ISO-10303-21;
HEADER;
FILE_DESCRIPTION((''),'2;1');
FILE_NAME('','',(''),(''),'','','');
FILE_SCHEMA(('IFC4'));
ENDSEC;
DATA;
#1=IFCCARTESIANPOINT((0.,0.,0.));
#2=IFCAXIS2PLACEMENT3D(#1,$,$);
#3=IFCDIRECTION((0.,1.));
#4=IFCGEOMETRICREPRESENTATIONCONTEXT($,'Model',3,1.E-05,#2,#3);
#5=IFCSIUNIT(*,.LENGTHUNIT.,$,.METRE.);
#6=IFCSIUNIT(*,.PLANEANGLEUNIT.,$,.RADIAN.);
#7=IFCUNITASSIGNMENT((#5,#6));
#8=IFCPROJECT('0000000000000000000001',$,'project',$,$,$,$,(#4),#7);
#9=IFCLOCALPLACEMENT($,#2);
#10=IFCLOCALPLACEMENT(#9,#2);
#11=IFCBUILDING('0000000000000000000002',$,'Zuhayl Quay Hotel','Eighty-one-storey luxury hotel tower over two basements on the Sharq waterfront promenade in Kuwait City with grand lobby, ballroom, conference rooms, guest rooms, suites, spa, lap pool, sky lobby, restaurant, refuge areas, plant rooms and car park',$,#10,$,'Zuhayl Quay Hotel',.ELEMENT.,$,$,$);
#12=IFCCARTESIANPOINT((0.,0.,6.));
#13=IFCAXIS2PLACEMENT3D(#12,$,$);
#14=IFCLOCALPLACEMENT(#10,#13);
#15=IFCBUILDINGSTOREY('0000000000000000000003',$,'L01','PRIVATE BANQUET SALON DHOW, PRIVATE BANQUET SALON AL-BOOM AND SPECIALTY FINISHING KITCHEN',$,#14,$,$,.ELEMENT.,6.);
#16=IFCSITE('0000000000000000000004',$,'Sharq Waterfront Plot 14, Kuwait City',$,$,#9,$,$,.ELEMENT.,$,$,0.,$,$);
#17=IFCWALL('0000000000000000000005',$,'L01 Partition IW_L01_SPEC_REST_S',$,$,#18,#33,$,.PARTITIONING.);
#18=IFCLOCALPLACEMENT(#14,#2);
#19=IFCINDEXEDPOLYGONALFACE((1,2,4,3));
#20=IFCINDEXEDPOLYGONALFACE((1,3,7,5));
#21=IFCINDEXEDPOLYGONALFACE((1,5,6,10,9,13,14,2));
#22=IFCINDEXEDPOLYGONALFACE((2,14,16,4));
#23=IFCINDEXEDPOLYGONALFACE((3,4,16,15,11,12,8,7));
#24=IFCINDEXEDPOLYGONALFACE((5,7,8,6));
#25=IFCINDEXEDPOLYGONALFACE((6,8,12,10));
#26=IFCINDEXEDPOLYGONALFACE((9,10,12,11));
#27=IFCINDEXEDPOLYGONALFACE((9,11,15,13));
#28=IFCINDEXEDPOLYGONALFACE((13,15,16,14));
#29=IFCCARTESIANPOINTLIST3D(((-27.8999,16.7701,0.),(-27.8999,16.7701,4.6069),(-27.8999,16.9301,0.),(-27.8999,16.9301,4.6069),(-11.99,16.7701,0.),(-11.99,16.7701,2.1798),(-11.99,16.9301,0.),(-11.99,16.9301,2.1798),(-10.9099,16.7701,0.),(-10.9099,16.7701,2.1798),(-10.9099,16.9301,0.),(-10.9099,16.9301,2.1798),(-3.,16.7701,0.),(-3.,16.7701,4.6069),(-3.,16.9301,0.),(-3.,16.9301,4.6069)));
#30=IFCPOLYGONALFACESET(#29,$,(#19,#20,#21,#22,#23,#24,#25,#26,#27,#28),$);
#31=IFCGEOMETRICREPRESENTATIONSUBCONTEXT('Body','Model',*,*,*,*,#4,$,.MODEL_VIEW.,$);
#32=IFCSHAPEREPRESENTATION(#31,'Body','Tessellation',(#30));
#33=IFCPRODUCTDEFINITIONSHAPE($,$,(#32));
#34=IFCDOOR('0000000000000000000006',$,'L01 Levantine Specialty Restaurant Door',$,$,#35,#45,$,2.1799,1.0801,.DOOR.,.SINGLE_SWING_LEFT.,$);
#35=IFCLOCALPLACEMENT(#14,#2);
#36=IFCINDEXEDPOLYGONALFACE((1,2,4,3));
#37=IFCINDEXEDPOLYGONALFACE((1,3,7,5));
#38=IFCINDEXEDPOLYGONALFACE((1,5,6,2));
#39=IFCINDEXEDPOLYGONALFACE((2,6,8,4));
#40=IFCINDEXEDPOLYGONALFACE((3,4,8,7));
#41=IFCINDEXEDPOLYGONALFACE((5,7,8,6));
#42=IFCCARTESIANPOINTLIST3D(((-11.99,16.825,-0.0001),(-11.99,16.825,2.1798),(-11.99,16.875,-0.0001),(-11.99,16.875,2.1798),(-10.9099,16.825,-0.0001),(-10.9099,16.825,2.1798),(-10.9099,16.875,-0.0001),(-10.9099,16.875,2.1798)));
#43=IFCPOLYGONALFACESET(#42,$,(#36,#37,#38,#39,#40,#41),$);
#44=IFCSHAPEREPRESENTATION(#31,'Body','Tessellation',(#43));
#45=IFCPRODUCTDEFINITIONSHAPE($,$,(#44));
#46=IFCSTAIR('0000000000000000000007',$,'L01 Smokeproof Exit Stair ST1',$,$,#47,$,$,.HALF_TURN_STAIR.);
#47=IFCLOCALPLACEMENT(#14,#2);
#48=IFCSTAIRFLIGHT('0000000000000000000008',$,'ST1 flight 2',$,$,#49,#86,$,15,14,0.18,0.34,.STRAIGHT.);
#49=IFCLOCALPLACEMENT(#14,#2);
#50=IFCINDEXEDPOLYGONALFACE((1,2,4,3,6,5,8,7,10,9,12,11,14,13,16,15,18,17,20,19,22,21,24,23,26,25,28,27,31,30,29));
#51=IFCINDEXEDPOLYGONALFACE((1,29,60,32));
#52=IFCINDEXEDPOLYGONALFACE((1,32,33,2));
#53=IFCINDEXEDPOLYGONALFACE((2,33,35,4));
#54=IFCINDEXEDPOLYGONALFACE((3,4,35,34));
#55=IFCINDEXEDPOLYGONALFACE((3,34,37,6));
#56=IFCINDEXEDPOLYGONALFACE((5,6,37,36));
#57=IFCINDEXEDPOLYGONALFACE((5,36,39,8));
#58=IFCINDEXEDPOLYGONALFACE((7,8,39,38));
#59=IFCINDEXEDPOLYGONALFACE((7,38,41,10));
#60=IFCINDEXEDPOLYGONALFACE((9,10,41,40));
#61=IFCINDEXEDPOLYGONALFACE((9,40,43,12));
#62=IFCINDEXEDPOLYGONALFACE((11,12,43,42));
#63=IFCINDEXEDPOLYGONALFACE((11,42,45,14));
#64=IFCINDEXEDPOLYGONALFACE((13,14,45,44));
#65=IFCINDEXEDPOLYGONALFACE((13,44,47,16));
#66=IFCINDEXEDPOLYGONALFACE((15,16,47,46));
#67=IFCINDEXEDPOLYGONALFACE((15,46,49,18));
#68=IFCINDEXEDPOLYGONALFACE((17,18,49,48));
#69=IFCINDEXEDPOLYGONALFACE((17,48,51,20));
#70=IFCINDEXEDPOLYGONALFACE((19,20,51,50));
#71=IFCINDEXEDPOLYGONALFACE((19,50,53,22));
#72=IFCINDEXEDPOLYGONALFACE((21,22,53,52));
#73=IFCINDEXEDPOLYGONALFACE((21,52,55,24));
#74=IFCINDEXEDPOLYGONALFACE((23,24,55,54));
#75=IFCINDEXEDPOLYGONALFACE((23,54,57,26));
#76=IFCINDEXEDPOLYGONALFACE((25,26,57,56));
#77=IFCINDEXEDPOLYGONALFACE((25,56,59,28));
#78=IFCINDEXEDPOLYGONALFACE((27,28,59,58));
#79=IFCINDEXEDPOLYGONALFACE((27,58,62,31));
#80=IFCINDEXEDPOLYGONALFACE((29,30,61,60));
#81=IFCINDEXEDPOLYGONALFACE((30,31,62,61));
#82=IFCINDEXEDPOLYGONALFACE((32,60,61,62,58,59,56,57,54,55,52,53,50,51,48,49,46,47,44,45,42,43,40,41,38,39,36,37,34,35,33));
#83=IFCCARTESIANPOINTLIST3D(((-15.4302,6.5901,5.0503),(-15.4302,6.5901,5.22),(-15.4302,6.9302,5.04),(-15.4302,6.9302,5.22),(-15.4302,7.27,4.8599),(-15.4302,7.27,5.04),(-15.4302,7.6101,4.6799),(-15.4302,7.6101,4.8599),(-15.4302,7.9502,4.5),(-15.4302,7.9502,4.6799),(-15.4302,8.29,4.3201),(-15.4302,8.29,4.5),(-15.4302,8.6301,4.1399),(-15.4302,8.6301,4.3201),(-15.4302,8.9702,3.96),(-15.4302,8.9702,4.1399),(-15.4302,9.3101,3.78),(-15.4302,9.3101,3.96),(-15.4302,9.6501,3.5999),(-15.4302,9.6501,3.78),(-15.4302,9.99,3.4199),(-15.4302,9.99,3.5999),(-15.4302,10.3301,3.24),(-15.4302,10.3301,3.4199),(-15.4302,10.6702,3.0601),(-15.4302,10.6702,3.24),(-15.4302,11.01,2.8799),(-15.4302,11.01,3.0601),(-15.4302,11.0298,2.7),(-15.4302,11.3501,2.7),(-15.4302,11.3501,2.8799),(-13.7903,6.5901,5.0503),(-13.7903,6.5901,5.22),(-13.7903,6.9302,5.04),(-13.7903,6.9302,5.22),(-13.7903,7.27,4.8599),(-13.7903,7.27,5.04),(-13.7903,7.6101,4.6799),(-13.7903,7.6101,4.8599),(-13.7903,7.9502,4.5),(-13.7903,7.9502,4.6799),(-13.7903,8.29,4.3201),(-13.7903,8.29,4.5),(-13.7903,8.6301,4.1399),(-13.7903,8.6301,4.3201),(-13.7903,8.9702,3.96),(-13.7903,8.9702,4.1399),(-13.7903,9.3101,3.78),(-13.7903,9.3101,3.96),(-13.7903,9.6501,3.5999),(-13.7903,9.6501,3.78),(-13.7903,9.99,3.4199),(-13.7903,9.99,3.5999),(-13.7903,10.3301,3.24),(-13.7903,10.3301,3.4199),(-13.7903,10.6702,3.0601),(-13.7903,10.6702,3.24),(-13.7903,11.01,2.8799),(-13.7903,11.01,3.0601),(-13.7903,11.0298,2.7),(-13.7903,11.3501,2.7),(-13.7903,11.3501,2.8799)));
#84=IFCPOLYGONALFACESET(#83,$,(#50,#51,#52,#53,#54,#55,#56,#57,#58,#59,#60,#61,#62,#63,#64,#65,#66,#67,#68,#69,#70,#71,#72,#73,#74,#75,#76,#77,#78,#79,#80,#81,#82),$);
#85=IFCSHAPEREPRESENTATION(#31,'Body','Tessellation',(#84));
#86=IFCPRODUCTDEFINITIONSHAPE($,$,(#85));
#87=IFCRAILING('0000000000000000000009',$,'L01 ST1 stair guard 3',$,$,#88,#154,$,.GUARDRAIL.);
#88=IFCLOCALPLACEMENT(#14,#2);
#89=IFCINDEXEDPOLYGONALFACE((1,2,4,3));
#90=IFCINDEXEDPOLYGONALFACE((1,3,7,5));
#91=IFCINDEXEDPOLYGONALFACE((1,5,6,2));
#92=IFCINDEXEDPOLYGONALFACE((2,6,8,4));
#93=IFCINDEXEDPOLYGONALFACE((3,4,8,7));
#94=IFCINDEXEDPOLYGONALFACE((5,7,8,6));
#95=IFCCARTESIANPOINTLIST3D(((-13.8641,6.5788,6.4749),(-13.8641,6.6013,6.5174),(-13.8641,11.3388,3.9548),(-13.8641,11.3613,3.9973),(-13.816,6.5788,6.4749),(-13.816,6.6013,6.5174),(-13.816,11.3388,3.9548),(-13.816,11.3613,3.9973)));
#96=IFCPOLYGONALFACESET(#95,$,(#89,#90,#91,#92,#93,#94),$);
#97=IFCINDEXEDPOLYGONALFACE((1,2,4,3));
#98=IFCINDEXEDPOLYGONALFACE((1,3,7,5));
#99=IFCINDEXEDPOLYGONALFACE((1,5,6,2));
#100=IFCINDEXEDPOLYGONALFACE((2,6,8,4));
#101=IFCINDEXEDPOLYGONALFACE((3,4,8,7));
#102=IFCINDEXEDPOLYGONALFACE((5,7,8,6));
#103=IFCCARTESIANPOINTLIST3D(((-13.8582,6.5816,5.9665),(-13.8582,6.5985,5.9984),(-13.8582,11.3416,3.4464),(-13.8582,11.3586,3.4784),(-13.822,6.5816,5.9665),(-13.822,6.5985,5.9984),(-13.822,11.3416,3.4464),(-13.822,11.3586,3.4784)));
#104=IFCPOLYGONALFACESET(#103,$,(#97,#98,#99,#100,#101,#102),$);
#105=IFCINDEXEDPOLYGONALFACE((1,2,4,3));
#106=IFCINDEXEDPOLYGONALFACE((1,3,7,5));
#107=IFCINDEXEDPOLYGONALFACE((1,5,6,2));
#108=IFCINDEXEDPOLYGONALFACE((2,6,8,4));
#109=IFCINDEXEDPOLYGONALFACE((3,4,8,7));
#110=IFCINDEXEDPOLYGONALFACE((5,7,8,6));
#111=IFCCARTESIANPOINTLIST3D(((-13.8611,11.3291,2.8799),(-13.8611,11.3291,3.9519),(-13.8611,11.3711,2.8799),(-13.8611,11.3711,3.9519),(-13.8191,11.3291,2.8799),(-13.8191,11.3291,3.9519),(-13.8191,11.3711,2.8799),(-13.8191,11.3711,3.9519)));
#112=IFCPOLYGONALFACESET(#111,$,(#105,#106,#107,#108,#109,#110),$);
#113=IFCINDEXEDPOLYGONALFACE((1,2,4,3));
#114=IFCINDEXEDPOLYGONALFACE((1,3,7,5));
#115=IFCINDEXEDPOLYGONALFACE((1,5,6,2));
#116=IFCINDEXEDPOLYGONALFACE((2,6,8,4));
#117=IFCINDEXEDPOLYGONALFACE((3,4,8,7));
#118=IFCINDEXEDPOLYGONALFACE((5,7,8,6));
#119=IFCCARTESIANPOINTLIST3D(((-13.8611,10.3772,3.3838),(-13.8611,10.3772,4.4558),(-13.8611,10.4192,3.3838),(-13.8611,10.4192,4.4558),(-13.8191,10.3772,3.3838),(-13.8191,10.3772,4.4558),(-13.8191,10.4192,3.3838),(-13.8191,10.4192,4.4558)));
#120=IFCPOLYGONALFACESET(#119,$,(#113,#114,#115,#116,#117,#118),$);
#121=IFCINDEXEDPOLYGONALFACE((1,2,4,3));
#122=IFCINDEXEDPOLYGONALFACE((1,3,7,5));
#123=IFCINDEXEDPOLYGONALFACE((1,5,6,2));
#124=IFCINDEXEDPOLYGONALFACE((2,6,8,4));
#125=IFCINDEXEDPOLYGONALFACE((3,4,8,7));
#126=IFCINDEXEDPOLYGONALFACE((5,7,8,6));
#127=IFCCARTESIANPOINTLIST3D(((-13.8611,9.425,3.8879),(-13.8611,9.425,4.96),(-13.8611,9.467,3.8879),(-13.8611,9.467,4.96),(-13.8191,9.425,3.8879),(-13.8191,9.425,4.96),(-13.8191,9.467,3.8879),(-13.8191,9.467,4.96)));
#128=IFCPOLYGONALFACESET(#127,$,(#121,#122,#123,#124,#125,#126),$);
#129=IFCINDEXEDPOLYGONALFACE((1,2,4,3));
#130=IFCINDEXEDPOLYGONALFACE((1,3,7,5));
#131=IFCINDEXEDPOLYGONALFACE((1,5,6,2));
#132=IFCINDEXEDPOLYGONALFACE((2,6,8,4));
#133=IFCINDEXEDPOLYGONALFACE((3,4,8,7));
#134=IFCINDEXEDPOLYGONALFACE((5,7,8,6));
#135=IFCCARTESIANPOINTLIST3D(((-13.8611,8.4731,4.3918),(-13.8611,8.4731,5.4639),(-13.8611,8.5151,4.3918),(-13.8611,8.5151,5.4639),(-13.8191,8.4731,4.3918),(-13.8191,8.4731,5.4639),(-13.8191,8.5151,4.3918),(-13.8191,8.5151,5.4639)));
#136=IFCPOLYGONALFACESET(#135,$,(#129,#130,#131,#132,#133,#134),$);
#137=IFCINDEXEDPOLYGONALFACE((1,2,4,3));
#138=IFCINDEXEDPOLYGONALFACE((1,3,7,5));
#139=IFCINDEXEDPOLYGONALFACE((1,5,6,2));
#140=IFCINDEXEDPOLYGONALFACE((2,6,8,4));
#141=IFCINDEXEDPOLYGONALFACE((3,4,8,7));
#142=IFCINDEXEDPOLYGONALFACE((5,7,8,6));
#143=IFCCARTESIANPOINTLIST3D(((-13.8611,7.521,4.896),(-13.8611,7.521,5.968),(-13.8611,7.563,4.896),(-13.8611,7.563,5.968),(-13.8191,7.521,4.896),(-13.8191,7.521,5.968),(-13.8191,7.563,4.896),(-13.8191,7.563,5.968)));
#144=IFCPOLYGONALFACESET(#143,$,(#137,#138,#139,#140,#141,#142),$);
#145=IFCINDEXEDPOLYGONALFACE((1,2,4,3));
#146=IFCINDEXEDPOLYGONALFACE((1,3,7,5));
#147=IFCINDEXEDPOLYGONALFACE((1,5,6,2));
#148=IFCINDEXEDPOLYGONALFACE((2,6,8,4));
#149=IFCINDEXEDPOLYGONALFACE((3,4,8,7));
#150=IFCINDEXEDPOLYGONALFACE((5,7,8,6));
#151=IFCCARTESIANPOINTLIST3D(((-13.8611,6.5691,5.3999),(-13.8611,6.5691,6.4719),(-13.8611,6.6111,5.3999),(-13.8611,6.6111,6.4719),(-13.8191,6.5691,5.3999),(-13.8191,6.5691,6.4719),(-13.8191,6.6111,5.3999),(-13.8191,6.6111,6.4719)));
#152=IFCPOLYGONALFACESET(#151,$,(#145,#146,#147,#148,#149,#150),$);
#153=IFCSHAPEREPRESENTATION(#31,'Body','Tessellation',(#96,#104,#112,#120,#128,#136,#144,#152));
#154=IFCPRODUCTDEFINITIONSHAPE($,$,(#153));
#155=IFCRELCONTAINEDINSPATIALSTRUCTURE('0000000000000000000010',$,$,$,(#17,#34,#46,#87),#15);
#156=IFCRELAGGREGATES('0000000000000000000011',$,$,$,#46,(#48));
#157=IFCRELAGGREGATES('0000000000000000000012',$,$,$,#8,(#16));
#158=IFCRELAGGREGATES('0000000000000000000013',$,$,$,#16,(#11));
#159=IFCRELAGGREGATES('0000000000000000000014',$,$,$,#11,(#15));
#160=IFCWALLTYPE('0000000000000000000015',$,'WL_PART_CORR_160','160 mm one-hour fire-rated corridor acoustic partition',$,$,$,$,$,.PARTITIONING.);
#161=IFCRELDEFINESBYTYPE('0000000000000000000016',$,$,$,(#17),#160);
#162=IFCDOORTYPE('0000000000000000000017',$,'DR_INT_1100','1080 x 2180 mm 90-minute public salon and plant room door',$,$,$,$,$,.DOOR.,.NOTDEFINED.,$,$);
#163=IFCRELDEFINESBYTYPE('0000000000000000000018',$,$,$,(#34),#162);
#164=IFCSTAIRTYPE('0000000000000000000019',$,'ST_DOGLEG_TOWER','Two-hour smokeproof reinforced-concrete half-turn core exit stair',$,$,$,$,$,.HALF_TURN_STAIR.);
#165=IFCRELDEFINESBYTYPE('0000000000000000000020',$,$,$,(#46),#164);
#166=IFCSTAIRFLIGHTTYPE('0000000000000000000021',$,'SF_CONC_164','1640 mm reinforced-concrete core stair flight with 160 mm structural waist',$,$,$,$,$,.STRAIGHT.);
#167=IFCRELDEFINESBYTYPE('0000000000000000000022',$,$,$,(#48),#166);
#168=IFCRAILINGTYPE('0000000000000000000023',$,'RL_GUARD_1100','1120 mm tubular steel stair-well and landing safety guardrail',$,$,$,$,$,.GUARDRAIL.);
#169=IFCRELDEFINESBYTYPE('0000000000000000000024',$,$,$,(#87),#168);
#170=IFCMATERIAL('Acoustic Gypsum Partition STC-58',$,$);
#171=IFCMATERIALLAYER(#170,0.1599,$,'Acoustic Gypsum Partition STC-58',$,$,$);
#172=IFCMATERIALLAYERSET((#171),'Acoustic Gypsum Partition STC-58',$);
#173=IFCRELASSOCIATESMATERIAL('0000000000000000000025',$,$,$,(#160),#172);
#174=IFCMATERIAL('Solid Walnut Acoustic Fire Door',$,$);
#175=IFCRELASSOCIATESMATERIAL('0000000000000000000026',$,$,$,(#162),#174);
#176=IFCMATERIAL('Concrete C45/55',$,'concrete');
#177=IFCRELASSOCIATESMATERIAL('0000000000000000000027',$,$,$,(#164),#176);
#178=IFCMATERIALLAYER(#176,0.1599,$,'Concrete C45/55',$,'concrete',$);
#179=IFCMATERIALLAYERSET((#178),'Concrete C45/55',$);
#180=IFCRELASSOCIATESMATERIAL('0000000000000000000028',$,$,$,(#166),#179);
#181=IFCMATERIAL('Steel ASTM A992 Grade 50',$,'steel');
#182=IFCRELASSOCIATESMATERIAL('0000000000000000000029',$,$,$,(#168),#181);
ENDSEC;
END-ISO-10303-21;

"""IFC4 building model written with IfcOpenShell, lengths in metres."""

from ifc_helpers import new_model, si_unit, direction, frame, frame_2d, origin, origin_2d, place, context, subcontext, project, spatial, polyline, rectangle, outline, extrude, material, layer, layer_set, type_object, element, fill, aggregate, save


model = new_model("IFC4")

# Units and contexts
model_context = context("Model", 3, precision=1e-05, world=origin(), true_north=direction((0.0, 1.0)))
body_context = subcontext(model_context, "Body", "Model", "MODEL_VIEW")
ifc_project = project(units=[si_unit("LENGTHUNIT", "METRE"), si_unit("PLANEANGLEUNIT", "RADIAN")], contexts=[model_context])

# Site, building, storey
site_placement = place(None, origin())
site = spatial("IfcSite", under=ifc_project, at=site_placement, Name="Sharq Waterfront Plot 14, Kuwait City", CompositionType="ELEMENT", RefElevation=0.0)
building_placement = place(site_placement, origin())
building = spatial("IfcBuilding", under=site, at=building_placement, Name="Zuhayl Quay Hotel", Description="Eighty-one-storey luxury hotel tower over two basements on the Sharq waterfront promenade in Kuwait City with grand lobby, ballroom, conference rooms, guest rooms, suites, spa, lap pool, sky lobby, restaurant, refuge areas, plant rooms and car park", LongName="Zuhayl Quay Hotel", CompositionType="ELEMENT")
storey_placement = place(building_placement, frame((0.0, 0.0, 6.0)))
storey = spatial("IfcBuildingStorey", under=building, at=storey_placement, Name="L01", Description="PRIVATE BANQUET SALON DHOW, PRIVATE BANQUET SALON AL-BOOM AND SPECIALTY FINISHING KITCHEN", CompositionType="ELEMENT", Elevation=6.0)

# Shared definitions
ifc_material_1 = material(Name="Steel ASTM A992 Grade 50", Category="steel")

# Shared definitions
ifc_material_2 = material(Name="Acoustic Gypsum Partition STC-58")

# Wall, opening, door
ifc_layer_1 = layer(ifc_material_2, 0.1599, Name="Acoustic Gypsum Partition STC-58")
ifc_layer_set_1 = layer_set([ifc_layer_1], Name="Acoustic Gypsum Partition STC-58")
wall_type_1 = type_object("IfcWallType", Name="WL_PART_CORR_160", Description="160 mm one-hour fire-rated corridor acoustic partition", PredefinedType="PARTITIONING", material=ifc_layer_set_1)
wall_1_placement = place(storey_placement, frame((-27.8999, 16.8501, 0.0), z_axis=(0.0, 0.0, 1.0), x_axis=(1.0, 0.0, 0.0)))
wall_1 = element("IfcWall", 1, at=wall_1_placement, inside=storey, type_object=wall_type_1, Name="L01 Partition IW_L01_SPEC_REST_S", PredefinedType="PARTITIONING", context=body_context, shape_type="SweptSolid", body=[
    extrude(rectangle(XDim=24.8999, YDim=0.1599, at=frame_2d((12.45, 0.0))), origin(), (0.0, 0.0, 1.0), 4.6069),
])
opening_1_placement = place(wall_1_placement, frame((15.9099, 0.0, 0.0)))
opening_1 = element("IfcOpeningElement", 2, at=opening_1_placement, cuts=wall_1, PredefinedType="OPENING", context=body_context, shape_type="SweptSolid", body=[
    extrude(rectangle(XDim=1.0801, YDim=2.1799, at=frame_2d((0.54, 1.0898))), frame((0.0, 0.0898, 0.0), z_axis=(0.0, -1.0, 0.0), x_axis=(1.0, 0.0, 0.0)), (0.0, 0.0, 1.0), 0.1799),
])
ifc_material_3 = material(Name="Solid Walnut Acoustic Fire Door")
door_type = type_object("IfcDoorType", Name="DR_INT_1100", Description="1080 x 2180 mm 90-minute public salon and plant room door", OperationType="NOTDEFINED", PredefinedType="DOOR", material=ifc_material_3)
door_placement = place(opening_1_placement, origin())
door = element("IfcDoor", 3, at=door_placement, inside=storey, type_object=door_type, Name="L01 Levantine Specialty Restaurant Door", OperationType="SINGLE_SWING_LEFT", OverallHeight=2.1799, OverallWidth=1.0801, PredefinedType="DOOR", context=body_context, shape_type="SweptSolid", body=[
    extrude(rectangle(XDim=1.0801, YDim=2.1799, at=frame_2d((0.54, 1.0898))), frame((0.0, 0.0249, 0.0), z_axis=(0.0, -1.0, 0.0), x_axis=(1.0, 0.0, 0.0)), (0.0, 0.0, 1.0), 0.05),
])
fill(opening_1, door)

# Stair, stair flight
ifc_material_4 = material(Name="Concrete C45/55", Category="concrete")
stair_type = type_object("IfcStairType", Name="ST_DOGLEG_TOWER", Description="Two-hour smokeproof reinforced-concrete half-turn core exit stair", PredefinedType="HALF_TURN_STAIR", material=ifc_material_4)
stair_placement = place(storey_placement, origin())
stair = element("IfcStair", 4, at=stair_placement, inside=storey, type_object=stair_type, Name="L01 Smokeproof Exit Stair ST1", PredefinedType="HALF_TURN_STAIR")
ifc_layer_2 = layer(ifc_material_4, 0.1599, Name="Concrete C45/55", Category="concrete")
ifc_layer_set_2 = layer_set([ifc_layer_2], Name="Concrete C45/55")
stair_flight_type = type_object("IfcStairFlightType", Name="SF_CONC_164", Description="1640 mm reinforced-concrete core stair flight with 160 mm structural waist", PredefinedType="STRAIGHT", material=ifc_layer_set_2)
stair_flight_placement = place(storey_placement, frame((-14.6101, 11.3501, 2.7), z_axis=(0.0, 0.0, 1.0), x_axis=(0.0, -1.0, 0.0)))
stair_flight = element("IfcStairFlight", 5, at=stair_flight_placement, type_object=stair_flight_type, Name="ST1 flight 2", NumberOfRisers=15, NumberOfTreads=14, PredefinedType="STRAIGHT", RiserHeight=0.18, TreadLength=0.34, context=body_context, shape_type="SweptSolid", body=[
    extrude(outline(polyline([(0.0, 0.0), (0.0, 0.1799), (0.3401, 0.1799), (0.3401, 0.3601), (0.6799, 0.3601), (0.6799, 0.54), (1.02, 0.54), (1.02, 0.72), (1.3601, 0.72), (1.3601, 0.8999), (1.7, 0.8999), (1.7, 1.0801), (2.04, 1.0801), (2.04, 1.26), (2.3799, 1.26), (2.3799, 1.4399), (2.72, 1.4399), (2.72, 1.6201), (3.0601, 1.6201), (3.0601, 1.8), (3.3999, 1.8), (3.3999, 1.98), (3.74, 1.98), (3.74, 2.1599), (4.0801, 2.1599), (4.0801, 2.3401), (4.4199, 2.3401), (4.4199, 2.52), (4.76, 2.52), (4.76, 2.7), (4.76, 2.3503), (0.3203, 0.0), (0.0, 0.0)])), frame((0.0, 0.8198, 0.0), z_axis=(0.0, -1.0, 0.0), x_axis=(1.0, 0.0, 0.0)), (0.0, 0.0, 1.0), 1.6399),
])
aggregate(stair, [stair_flight])

# Railing
railing_type_1 = type_object("IfcRailingType", Name="RL_GUARD_1100", Description="1120 mm tubular steel stair-well and landing safety guardrail", PredefinedType="GUARDRAIL", material=ifc_material_1)
railing_1_placement = place(storey_placement, frame((-13.8401, 11.3501, 2.8799)))
element("IfcRailing", 6, at=railing_1_placement, inside=storey, type_object=railing_type_1, Name="L01 ST1 stair guard 3", PredefinedType="GUARDRAIL", context=body_context, shape_type="SweptSolid", body=[
    extrude(rectangle(XDim=0.0481, YDim=0.0481, at=origin_2d()), frame((0.0, 0.0, 1.0962), z_axis=(0.0, -0.883787, 0.46789), x_axis=(1.0, 0.0, 0.0)), (0.0, 0.0, 1.0), 5.386),
    extrude(rectangle(XDim=0.0361, YDim=0.0361, at=origin_2d()), frame((0.0, 0.0, 0.5825), z_axis=(0.0, -0.883787, 0.46789), x_axis=(1.0, 0.0, 0.0)), (0.0, 0.0, 1.0), 5.386),
    extrude(rectangle(XDim=0.042, YDim=0.042, at=origin_2d()), origin(), (0.0, 0.0, 1.0), 1.072),
    extrude(rectangle(XDim=0.042, YDim=0.042, at=origin_2d()), frame((0.0, -0.9519, 0.5039)), (0.0, 0.0, 1.0), 1.072),
    extrude(rectangle(XDim=0.042, YDim=0.042, at=origin_2d()), frame((0.0, -1.9041, 1.0081)), (0.0, 0.0, 1.0), 1.072),
    extrude(rectangle(XDim=0.042, YDim=0.042, at=origin_2d()), frame((0.0, -2.856, 1.512)), (0.0, 0.0, 1.0), 1.072),
    extrude(rectangle(XDim=0.042, YDim=0.042, at=origin_2d()), frame((0.0, -3.8081, 2.0161)), (0.0, 0.0, 1.0), 1.072),
    extrude(rectangle(XDim=0.042, YDim=0.042, at=origin_2d()), frame((0.0, -4.76, 2.52)), (0.0, 0.0, 1.0), 1.072),
])

save(model, "model.ifc")
